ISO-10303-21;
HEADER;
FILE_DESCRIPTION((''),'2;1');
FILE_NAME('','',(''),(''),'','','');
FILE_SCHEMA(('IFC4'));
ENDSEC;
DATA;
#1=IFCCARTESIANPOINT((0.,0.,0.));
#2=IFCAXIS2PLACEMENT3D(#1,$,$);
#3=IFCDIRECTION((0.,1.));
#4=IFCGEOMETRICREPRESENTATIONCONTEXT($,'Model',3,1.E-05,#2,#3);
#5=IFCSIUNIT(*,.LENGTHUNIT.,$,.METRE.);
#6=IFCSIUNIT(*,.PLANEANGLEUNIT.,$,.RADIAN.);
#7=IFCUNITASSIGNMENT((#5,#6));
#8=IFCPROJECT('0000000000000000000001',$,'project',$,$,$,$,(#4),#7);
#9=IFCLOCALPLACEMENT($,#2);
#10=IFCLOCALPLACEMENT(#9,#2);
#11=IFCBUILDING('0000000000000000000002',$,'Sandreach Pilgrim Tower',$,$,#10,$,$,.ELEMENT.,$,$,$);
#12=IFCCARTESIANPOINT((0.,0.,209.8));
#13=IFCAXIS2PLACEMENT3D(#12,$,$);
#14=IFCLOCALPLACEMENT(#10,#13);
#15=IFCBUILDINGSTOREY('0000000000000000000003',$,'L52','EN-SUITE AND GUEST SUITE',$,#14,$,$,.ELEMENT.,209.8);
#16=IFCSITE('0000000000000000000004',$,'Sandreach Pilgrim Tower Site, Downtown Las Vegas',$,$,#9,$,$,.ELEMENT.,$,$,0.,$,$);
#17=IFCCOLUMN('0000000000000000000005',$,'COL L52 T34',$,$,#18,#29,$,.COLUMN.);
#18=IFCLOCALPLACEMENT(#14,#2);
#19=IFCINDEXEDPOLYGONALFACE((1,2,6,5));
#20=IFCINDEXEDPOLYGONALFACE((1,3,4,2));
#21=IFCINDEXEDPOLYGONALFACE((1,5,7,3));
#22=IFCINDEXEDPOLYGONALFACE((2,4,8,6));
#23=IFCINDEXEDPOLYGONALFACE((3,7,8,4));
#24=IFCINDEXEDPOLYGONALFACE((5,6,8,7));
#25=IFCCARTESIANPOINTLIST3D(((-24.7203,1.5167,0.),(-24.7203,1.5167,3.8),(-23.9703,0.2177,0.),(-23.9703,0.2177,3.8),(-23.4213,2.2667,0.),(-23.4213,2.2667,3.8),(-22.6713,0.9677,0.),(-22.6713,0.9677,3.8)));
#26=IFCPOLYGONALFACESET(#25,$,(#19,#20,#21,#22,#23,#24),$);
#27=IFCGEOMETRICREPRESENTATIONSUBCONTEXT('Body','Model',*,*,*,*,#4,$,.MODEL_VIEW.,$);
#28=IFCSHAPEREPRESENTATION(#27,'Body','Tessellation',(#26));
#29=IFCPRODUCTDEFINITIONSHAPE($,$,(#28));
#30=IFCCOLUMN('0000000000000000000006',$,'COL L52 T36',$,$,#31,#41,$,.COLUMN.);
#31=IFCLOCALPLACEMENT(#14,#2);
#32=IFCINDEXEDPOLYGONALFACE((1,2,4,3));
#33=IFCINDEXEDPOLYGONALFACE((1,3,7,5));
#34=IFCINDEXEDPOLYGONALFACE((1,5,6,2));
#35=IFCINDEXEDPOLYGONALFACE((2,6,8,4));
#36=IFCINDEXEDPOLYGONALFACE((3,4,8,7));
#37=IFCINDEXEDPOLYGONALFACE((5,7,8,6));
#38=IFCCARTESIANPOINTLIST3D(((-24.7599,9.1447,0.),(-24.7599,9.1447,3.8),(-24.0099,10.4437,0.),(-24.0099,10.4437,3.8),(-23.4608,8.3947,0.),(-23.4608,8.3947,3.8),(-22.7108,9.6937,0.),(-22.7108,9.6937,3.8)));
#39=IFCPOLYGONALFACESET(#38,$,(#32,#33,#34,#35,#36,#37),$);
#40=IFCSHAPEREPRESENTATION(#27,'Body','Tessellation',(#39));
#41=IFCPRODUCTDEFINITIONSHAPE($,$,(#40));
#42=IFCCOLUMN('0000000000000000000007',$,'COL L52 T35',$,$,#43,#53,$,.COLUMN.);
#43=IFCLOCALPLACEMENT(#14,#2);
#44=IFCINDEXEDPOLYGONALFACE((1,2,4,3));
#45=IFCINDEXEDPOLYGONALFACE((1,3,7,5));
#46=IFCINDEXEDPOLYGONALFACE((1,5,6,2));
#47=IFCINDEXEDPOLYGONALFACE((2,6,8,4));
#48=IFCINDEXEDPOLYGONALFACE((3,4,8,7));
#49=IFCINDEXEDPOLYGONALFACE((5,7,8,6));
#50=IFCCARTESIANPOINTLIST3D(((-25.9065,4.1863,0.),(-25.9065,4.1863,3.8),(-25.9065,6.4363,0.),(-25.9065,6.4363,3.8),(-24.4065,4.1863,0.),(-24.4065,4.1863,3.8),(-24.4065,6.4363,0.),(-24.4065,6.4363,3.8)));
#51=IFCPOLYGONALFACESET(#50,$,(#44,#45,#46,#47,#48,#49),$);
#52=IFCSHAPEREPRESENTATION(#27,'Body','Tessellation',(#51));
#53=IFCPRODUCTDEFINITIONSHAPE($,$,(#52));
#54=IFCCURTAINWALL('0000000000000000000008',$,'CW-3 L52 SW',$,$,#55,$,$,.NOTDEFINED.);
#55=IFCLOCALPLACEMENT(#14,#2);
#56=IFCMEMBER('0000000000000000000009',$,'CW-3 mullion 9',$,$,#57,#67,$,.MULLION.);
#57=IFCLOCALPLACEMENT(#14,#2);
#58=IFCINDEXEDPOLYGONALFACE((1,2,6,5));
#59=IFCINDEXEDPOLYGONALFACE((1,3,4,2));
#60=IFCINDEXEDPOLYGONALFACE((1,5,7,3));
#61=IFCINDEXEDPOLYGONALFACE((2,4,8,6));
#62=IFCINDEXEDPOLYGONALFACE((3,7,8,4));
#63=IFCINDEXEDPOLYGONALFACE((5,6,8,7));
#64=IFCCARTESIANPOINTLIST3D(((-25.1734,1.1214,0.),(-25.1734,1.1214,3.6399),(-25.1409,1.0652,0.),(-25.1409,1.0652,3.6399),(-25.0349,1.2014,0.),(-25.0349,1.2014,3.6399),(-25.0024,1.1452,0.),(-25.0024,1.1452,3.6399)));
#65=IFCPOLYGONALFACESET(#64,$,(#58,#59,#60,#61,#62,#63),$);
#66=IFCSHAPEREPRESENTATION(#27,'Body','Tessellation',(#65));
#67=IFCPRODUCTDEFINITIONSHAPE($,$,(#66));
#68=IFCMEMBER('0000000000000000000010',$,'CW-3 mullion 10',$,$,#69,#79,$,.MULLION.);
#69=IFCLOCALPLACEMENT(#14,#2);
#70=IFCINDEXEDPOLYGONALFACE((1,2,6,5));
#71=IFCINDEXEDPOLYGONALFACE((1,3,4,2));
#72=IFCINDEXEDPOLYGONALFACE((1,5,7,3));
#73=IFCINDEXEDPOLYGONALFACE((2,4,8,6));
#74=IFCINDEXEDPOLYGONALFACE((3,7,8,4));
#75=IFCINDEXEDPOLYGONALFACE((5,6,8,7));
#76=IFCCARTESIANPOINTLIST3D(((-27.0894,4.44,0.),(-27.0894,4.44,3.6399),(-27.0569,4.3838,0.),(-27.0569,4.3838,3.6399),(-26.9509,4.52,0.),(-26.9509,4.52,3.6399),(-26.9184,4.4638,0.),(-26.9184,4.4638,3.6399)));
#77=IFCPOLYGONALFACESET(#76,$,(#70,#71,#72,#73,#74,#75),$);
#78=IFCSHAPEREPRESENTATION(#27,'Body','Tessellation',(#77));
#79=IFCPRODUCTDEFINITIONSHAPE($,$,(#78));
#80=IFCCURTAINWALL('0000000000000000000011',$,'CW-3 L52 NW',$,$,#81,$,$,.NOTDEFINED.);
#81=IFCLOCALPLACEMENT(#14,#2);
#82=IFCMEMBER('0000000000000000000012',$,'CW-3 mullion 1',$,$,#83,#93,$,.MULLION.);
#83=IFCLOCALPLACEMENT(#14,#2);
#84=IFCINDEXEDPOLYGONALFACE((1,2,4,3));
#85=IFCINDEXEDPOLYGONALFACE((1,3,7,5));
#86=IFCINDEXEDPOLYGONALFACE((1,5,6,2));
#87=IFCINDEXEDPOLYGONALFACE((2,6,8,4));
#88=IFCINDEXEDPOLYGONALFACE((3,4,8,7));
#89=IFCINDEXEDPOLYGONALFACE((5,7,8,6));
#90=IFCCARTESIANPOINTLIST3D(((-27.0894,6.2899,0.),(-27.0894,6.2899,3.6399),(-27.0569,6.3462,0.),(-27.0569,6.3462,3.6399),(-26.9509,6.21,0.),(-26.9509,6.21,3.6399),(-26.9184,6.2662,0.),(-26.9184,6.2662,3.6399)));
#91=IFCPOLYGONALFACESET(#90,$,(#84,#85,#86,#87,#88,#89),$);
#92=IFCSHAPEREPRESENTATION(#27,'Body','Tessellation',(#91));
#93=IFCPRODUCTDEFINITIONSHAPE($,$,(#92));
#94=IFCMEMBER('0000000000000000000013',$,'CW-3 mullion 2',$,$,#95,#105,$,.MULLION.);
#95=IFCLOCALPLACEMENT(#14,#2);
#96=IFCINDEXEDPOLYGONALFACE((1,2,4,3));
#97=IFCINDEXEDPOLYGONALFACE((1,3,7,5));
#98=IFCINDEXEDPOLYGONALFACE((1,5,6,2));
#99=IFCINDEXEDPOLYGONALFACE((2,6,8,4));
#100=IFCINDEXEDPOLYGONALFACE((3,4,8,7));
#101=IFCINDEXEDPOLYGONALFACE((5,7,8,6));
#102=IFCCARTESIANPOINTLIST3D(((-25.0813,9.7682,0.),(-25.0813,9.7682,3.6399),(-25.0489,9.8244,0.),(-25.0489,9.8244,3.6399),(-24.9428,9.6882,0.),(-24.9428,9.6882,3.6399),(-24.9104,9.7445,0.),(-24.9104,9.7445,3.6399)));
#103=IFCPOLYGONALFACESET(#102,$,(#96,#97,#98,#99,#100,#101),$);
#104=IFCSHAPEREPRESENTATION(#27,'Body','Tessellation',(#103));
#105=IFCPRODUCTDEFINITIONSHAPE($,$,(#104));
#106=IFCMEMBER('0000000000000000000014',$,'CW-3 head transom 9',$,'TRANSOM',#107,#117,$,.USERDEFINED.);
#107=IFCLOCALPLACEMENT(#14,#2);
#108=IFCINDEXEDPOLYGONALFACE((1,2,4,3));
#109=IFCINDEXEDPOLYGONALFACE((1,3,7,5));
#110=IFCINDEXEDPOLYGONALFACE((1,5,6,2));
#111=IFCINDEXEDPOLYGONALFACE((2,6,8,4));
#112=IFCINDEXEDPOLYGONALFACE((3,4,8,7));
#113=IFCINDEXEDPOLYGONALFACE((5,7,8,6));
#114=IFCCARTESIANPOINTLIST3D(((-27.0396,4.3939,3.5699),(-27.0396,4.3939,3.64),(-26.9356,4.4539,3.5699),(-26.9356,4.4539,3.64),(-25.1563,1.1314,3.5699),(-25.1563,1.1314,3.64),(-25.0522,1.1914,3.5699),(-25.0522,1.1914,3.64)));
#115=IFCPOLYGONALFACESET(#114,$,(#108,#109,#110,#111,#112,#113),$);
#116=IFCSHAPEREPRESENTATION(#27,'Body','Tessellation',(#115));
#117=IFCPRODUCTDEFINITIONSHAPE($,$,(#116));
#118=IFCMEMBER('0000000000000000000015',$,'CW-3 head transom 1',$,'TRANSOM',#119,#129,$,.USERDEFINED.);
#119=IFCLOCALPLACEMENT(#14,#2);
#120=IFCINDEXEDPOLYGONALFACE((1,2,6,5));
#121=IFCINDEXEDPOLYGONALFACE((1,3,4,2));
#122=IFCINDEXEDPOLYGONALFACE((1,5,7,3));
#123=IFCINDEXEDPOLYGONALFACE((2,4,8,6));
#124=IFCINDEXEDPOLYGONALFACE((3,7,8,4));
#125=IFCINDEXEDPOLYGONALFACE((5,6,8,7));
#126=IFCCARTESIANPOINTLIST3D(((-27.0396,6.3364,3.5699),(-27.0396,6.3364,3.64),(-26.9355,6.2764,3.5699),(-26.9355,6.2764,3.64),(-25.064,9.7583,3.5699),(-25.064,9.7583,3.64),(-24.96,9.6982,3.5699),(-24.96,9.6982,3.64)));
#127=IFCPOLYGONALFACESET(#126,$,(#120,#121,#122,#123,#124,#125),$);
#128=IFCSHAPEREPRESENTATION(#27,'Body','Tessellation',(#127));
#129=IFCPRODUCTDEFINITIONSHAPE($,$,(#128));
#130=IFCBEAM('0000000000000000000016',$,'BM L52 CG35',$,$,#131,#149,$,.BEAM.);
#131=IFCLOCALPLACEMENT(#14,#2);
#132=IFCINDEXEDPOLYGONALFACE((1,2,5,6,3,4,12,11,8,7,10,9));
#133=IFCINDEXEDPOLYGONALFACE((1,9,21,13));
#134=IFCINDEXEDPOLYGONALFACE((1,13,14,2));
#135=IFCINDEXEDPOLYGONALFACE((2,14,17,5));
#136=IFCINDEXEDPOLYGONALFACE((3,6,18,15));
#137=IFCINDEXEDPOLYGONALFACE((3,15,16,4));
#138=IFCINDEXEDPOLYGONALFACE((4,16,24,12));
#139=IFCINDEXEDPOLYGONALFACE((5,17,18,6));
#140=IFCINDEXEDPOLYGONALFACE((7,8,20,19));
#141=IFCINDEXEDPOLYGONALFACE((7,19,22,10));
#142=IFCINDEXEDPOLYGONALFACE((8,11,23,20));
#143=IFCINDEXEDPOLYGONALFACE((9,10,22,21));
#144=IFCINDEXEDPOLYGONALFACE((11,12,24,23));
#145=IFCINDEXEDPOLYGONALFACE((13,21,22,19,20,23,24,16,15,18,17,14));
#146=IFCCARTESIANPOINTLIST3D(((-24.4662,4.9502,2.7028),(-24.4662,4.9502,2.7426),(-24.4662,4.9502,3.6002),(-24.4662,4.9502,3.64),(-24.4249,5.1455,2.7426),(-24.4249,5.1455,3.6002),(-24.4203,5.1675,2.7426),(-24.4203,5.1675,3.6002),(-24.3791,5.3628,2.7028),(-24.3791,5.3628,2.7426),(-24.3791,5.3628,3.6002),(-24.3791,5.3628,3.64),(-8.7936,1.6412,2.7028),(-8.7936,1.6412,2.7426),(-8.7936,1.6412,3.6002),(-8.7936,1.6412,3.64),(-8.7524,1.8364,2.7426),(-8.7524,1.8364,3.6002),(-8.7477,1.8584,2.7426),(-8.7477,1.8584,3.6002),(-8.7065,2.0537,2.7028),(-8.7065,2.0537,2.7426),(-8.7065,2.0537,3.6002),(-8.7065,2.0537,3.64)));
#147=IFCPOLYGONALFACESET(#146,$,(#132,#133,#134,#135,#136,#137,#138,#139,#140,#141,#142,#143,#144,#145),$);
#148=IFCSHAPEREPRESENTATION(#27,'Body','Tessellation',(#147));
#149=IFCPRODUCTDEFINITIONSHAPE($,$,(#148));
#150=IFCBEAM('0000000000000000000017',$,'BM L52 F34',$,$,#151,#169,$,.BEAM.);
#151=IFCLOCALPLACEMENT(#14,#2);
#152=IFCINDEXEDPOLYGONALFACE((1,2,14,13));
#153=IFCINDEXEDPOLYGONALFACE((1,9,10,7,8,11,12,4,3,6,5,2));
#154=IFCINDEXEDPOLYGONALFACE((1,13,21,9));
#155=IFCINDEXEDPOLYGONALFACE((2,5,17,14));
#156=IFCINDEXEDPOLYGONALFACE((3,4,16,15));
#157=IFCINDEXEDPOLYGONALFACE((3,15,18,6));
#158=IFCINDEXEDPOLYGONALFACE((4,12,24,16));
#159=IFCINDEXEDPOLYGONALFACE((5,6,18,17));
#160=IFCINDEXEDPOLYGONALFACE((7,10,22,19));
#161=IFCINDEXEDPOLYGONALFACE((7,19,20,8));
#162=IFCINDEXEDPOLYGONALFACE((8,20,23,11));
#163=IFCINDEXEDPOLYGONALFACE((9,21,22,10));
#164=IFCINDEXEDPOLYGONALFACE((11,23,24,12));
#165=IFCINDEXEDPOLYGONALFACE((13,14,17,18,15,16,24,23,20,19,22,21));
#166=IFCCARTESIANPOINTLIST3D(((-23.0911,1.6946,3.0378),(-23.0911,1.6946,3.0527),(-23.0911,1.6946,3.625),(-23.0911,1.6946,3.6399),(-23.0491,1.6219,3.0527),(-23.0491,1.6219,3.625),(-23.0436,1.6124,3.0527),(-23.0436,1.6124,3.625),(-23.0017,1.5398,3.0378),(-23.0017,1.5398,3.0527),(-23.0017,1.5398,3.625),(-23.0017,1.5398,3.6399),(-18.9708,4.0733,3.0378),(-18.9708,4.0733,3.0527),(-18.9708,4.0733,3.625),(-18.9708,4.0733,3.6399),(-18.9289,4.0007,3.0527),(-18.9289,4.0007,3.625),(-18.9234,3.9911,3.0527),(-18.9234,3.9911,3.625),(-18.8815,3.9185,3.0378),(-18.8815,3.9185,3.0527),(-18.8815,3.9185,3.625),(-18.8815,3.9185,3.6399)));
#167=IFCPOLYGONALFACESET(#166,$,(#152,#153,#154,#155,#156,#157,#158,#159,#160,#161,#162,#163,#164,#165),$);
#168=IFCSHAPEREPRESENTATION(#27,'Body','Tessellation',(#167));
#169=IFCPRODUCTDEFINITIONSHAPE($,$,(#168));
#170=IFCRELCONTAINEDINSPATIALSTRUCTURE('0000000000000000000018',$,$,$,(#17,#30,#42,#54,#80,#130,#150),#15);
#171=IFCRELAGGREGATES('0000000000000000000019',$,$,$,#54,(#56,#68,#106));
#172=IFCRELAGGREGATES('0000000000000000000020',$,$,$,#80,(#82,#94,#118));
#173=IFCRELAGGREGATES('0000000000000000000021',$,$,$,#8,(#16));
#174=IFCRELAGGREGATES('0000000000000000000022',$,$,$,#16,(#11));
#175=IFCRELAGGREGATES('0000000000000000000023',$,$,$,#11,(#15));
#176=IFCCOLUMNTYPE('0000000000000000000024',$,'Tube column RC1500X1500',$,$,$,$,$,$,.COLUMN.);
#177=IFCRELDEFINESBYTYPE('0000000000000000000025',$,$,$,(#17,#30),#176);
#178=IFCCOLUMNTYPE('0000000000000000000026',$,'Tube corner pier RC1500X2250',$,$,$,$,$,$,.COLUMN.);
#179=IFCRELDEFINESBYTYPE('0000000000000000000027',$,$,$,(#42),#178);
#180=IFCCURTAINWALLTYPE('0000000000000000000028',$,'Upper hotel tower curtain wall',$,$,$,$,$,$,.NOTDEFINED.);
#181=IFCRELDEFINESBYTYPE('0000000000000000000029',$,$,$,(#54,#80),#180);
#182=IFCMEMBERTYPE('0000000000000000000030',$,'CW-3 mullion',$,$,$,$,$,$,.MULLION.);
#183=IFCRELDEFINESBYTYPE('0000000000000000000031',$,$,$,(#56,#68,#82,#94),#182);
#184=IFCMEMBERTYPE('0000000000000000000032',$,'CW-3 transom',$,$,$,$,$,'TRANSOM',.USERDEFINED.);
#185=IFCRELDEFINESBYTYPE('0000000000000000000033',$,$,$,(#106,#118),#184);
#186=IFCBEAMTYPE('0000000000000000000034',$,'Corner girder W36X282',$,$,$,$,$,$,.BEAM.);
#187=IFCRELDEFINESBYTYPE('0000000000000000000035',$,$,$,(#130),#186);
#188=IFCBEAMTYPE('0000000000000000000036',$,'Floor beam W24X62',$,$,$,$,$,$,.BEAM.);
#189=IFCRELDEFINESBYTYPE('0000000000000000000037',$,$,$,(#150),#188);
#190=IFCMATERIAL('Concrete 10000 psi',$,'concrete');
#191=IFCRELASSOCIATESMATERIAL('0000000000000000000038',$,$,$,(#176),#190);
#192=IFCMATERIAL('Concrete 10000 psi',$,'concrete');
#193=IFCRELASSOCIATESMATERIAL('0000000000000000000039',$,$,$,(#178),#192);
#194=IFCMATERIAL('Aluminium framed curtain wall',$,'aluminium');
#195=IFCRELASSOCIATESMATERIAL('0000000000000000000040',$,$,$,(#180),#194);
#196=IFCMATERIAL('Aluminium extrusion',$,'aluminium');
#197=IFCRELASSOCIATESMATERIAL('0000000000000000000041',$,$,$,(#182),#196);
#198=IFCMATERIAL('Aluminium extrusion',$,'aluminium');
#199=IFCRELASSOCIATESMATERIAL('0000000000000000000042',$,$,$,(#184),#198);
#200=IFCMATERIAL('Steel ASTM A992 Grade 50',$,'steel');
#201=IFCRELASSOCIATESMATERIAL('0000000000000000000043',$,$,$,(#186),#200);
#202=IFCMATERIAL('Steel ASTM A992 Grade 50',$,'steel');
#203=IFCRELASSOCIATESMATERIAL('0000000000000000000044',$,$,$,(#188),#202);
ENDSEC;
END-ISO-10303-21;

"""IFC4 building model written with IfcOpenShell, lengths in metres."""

from ifc_helpers import new_model, si_unit, direction, frame, origin, origin_2d, place, context, subcontext, project, spatial, rectangle, i_section, extrude, material, material_profile, profile_set, type_object, element, aggregate, save


model = new_model("IFC4")

# Units and contexts
model_context = context("Model", 3, precision=1e-05, world=origin(), true_north=direction((0.0, 1.0)))
body_context = subcontext(model_context, "Body", "Model", "MODEL_VIEW")
ifc_project = project(units=[si_unit("LENGTHUNIT", "METRE"), si_unit("PLANEANGLEUNIT", "RADIAN")], contexts=[model_context])

# Site, building, storey
site_placement = place(None, origin())
site = spatial("IfcSite", under=ifc_project, at=site_placement, Name="Sandreach Pilgrim Tower Site, Downtown Las Vegas", CompositionType="ELEMENT", RefElevation=0.0)
building_placement = place(site_placement, origin())
building = spatial("IfcBuilding", under=site, at=building_placement, Name="Sandreach Pilgrim Tower", CompositionType="ELEMENT")
storey_placement = place(building_placement, frame((0.0, 0.0, 209.8)))
storey = spatial("IfcBuildingStorey", under=building, at=storey_placement, Name="L52", Description="EN-SUITE AND GUEST SUITE", CompositionType="ELEMENT", Elevation=209.8)

# Columns
ifc_material_1 = material(Name="Concrete 10000 psi", Category="concrete")
ifc_material_profile_1 = material_profile(ifc_material_1, rectangle(XDim=1.5, YDim=1.5, at=origin_2d()), Name="RC1500X1500")
ifc_profile_set_1 = profile_set([ifc_material_profile_1], Name="Concrete 10000 psi")
column_type_1 = type_object("IfcColumnType", Name="Tube column RC1500X1500", PredefinedType="COLUMN", material=ifc_profile_set_1)
for number, where, z_axis, x_axis, name in (
    (1, (-23.6958, 1.2422, 0.0), (0.0, 0.0, 1.0), (-0.866025, -0.5, 0.0), "COL L52 T34"),
    (2, (-23.7354, 9.4192, 0.0), (0.0, 0.0, 1.0), (-0.866025, 0.5, 0.0), "COL L52 T36"),
):
    element("IfcColumn", number, at=place(storey_placement, frame(where, z_axis=z_axis, x_axis=x_axis)), inside=storey, type_object=column_type_1, Name=name, PredefinedType="COLUMN", context=body_context, shape_type="SweptSolid", body=[
        extrude(rectangle(XDim=1.5, YDim=1.5, at=origin_2d()), origin(), (0.0, 0.0, 1.0), 3.8),
    ])
ifc_material_2 = material(Name="Concrete 10000 psi", Category="concrete")
ifc_material_profile_2 = material_profile(ifc_material_2, rectangle(XDim=1.5, YDim=2.25, at=origin_2d()), Name="RC1500X2250")
ifc_profile_set_2 = profile_set([ifc_material_profile_2], Name="Concrete 10000 psi")
column_type_2 = type_object("IfcColumnType", Name="Tube corner pier RC1500X2250", PredefinedType="COLUMN", material=ifc_profile_set_2)
column_placement = place(storey_placement, frame((-25.1565, 5.3113, 0.0), z_axis=(0.0, 0.0, 1.0), x_axis=(-1.0, 0.0, 0.0)))
element("IfcColumn", 3, at=column_placement, inside=storey, type_object=column_type_2, Name="COL L52 T35", PredefinedType="COLUMN", context=body_context, shape_type="SweptSolid", body=[
    extrude(rectangle(XDim=1.5, YDim=2.25, at=origin_2d()), origin(), (0.0, 0.0, 1.0), 3.8),
])

# Curtain walls, members
ifc_material_3 = material(Name="Aluminium framed curtain wall", Category="aluminium")
curtain_wall_type = type_object("IfcCurtainWallType", Name="Upper hotel tower curtain wall", PredefinedType="NOTDEFINED", material=ifc_material_3)
curtain_wall_1_placement = place(storey_placement, origin())
curtain_wall_1 = element("IfcCurtainWall", 4, at=curtain_wall_1_placement, inside=storey, type_object=curtain_wall_type, Name="CW-3 L52 SW", PredefinedType="NOTDEFINED")
ifc_material_4 = material(Name="Aluminium extrusion", Category="aluminium")
ifc_material_profile_3 = material_profile(ifc_material_4, rectangle(XDim=0.0649, YDim=0.1599, at=origin_2d()), Name="CW-3M 65X160")
ifc_profile_set_3 = profile_set([ifc_material_profile_3], Name="Aluminium extrusion")
member_type_1 = type_object("IfcMemberType", Name="CW-3 mullion", PredefinedType="MULLION", material=ifc_profile_set_3)
member_1_placement = place(storey_placement, frame((-25.0879, 1.1333, 0.0), z_axis=(0.0, 0.0, 1.0), x_axis=(-0.5, 0.866025, 0.0)))
member_1 = element("IfcMember", 5, at=member_1_placement, type_object=member_type_1, Name="CW-3 mullion 9", PredefinedType="MULLION", context=body_context, shape_type="SweptSolid", body=[
    extrude(rectangle(XDim=0.0649, YDim=0.1599, at=origin_2d()), origin(), (0.0, 0.0, 1.0), 3.6399),
])
member_2_placement = place(storey_placement, frame((-27.0039, 4.4519, 0.0), z_axis=(0.0, 0.0, 1.0), x_axis=(-0.5, 0.866025, 0.0)))
member_2 = element("IfcMember", 6, at=member_2_placement, type_object=member_type_1, Name="CW-3 mullion 10", PredefinedType="MULLION", context=body_context, shape_type="SweptSolid", body=[
    extrude(rectangle(XDim=0.0649, YDim=0.1599, at=origin_2d()), origin(), (0.0, 0.0, 1.0), 3.6399),
])
curtain_wall_2_placement = place(storey_placement, origin())
curtain_wall_2 = element("IfcCurtainWall", 7, at=curtain_wall_2_placement, inside=storey, type_object=curtain_wall_type, Name="CW-3 L52 NW", PredefinedType="NOTDEFINED")
member_3_placement = place(storey_placement, frame((-27.0039, 6.2781, 0.0), z_axis=(0.0, 0.0, 1.0), x_axis=(0.5, 0.866025, 0.0)))
member_3 = element("IfcMember", 8, at=member_3_placement, type_object=member_type_1, Name="CW-3 mullion 1", PredefinedType="MULLION", context=body_context, shape_type="SweptSolid", body=[
    extrude(rectangle(XDim=0.0649, YDim=0.1599, at=origin_2d()), origin(), (0.0, 0.0, 1.0), 3.6399),
])
member_4_placement = place(storey_placement, frame((-24.9958, 9.7563, 0.0), z_axis=(0.0, 0.0, 1.0), x_axis=(0.5, 0.866025, 0.0)))
member_4 = element("IfcMember", 9, at=member_4_placement, type_object=member_type_1, Name="CW-3 mullion 2", PredefinedType="MULLION", context=body_context, shape_type="SweptSolid", body=[
    extrude(rectangle(XDim=0.0649, YDim=0.1599, at=origin_2d()), origin(), (0.0, 0.0, 1.0), 3.6399),
])

# Members
ifc_material_5 = material(Name="Aluminium extrusion", Category="aluminium")
ifc_material_profile_4 = material_profile(ifc_material_5, rectangle(XDim=0.1201, YDim=0.0701, at=origin_2d()), Name="CW-3T 120X70")
ifc_profile_set_4 = profile_set([ifc_material_profile_4], Name="Aluminium extrusion")
member_type_2 = type_object("IfcMemberType", Name="CW-3 transom", ElementType="TRANSOM", PredefinedType="USERDEFINED", material=ifc_profile_set_4)
member_5_placement = place(storey_placement, frame((-25.1042, 1.1614, 3.605), z_axis=(-0.499945, 0.866057, 0.0), x_axis=(-0.866057, -0.499945, 0.0)))
member_5 = element("IfcMember", 10, at=member_5_placement, type_object=member_type_2, Name="CW-3 head transom 9", ObjectType="TRANSOM", PredefinedType="USERDEFINED", context=body_context, shape_type="SweptSolid", body=[
    extrude(rectangle(XDim=0.1201, YDim=0.0701, at=origin_2d()), origin(), (0.0, 0.0, 1.0), 3.7671),
])
member_6_placement = place(storey_placement, frame((-26.9875, 6.3064, 3.605), z_axis=(0.499993, 0.866029, 0.0), x_axis=(-0.866029, 0.499993, 0.0)))
member_6 = element("IfcMember", 11, at=member_6_placement, type_object=member_type_2, Name="CW-3 head transom 1", ObjectType="TRANSOM", PredefinedType="USERDEFINED", context=body_context, shape_type="SweptSolid", body=[
    extrude(rectangle(XDim=0.1201, YDim=0.0701, at=origin_2d()), origin(), (0.0, 0.0, 1.0), 3.9512),
])

# Beams
ifc_material_6 = material(Name="Steel ASTM A992 Grade 50", Category="steel")
ifc_material_profile_5 = material_profile(ifc_material_6, i_section(OverallWidth=0.4216, OverallDepth=0.9373, WebThickness=0.0225, FlangeThickness=0.0398, at=origin_2d()), Name="W36X282")
ifc_profile_set_5 = profile_set([ifc_material_profile_5], Name="Steel ASTM A992 Grade 50")
beam_type_1 = type_object("IfcBeamType", Name="Corner girder W36X282", PredefinedType="BEAM", material=ifc_profile_set_5)
beam_1_placement = place(storey_placement, frame((-24.4226, 5.1565, 3.1714), z_axis=(0.978429, -0.206583, 0.0), x_axis=(0.206583, 0.978429, 0.0)))
element("IfcBeam", 12, at=beam_1_placement, inside=storey, type_object=beam_type_1, Name="BM L52 CG35", PredefinedType="BEAM", context=body_context, shape_type="SweptSolid", body=[
    extrude(i_section(OverallWidth=0.4216, OverallDepth=0.9373, WebThickness=0.0225, FlangeThickness=0.0398, at=origin_2d()), origin(), (0.0, 0.0, 1.0), 16.0181),
])
ifc_material_7 = material(Name="Steel ASTM A992 Grade 50", Category="steel")
ifc_material_profile_6 = material_profile(ifc_material_7, i_section(OverallWidth=0.1787, OverallDepth=0.6021, WebThickness=0.011, FlangeThickness=0.0149, at=origin_2d()), Name="W24X62")
ifc_profile_set_6 = profile_set([ifc_material_profile_6], Name="Steel ASTM A992 Grade 50")
beam_type_2 = type_object("IfcBeamType", Name="Floor beam W24X62", PredefinedType="BEAM", material=ifc_profile_set_6)
beam_2_placement = place(storey_placement, frame((-23.0464, 1.6172, 3.3389), z_axis=(0.866033, 0.499986, 0.0), x_axis=(-0.499986, 0.866033, 0.0)))
element("IfcBeam", 13, at=beam_2_placement, inside=storey, type_object=beam_type_2, Name="BM L52 F34", PredefinedType="BEAM", context=body_context, shape_type="SweptSolid", body=[
    extrude(i_section(OverallWidth=0.1787, OverallDepth=0.6021, WebThickness=0.011, FlangeThickness=0.0149, at=origin_2d()), origin(), (0.0, 0.0, 1.0), 4.7576),
])

aggregate(curtain_wall_1, [member_1, member_2, member_5])
aggregate(curtain_wall_2, [member_3, member_4, member_6])

save(model, "model.ifc")
